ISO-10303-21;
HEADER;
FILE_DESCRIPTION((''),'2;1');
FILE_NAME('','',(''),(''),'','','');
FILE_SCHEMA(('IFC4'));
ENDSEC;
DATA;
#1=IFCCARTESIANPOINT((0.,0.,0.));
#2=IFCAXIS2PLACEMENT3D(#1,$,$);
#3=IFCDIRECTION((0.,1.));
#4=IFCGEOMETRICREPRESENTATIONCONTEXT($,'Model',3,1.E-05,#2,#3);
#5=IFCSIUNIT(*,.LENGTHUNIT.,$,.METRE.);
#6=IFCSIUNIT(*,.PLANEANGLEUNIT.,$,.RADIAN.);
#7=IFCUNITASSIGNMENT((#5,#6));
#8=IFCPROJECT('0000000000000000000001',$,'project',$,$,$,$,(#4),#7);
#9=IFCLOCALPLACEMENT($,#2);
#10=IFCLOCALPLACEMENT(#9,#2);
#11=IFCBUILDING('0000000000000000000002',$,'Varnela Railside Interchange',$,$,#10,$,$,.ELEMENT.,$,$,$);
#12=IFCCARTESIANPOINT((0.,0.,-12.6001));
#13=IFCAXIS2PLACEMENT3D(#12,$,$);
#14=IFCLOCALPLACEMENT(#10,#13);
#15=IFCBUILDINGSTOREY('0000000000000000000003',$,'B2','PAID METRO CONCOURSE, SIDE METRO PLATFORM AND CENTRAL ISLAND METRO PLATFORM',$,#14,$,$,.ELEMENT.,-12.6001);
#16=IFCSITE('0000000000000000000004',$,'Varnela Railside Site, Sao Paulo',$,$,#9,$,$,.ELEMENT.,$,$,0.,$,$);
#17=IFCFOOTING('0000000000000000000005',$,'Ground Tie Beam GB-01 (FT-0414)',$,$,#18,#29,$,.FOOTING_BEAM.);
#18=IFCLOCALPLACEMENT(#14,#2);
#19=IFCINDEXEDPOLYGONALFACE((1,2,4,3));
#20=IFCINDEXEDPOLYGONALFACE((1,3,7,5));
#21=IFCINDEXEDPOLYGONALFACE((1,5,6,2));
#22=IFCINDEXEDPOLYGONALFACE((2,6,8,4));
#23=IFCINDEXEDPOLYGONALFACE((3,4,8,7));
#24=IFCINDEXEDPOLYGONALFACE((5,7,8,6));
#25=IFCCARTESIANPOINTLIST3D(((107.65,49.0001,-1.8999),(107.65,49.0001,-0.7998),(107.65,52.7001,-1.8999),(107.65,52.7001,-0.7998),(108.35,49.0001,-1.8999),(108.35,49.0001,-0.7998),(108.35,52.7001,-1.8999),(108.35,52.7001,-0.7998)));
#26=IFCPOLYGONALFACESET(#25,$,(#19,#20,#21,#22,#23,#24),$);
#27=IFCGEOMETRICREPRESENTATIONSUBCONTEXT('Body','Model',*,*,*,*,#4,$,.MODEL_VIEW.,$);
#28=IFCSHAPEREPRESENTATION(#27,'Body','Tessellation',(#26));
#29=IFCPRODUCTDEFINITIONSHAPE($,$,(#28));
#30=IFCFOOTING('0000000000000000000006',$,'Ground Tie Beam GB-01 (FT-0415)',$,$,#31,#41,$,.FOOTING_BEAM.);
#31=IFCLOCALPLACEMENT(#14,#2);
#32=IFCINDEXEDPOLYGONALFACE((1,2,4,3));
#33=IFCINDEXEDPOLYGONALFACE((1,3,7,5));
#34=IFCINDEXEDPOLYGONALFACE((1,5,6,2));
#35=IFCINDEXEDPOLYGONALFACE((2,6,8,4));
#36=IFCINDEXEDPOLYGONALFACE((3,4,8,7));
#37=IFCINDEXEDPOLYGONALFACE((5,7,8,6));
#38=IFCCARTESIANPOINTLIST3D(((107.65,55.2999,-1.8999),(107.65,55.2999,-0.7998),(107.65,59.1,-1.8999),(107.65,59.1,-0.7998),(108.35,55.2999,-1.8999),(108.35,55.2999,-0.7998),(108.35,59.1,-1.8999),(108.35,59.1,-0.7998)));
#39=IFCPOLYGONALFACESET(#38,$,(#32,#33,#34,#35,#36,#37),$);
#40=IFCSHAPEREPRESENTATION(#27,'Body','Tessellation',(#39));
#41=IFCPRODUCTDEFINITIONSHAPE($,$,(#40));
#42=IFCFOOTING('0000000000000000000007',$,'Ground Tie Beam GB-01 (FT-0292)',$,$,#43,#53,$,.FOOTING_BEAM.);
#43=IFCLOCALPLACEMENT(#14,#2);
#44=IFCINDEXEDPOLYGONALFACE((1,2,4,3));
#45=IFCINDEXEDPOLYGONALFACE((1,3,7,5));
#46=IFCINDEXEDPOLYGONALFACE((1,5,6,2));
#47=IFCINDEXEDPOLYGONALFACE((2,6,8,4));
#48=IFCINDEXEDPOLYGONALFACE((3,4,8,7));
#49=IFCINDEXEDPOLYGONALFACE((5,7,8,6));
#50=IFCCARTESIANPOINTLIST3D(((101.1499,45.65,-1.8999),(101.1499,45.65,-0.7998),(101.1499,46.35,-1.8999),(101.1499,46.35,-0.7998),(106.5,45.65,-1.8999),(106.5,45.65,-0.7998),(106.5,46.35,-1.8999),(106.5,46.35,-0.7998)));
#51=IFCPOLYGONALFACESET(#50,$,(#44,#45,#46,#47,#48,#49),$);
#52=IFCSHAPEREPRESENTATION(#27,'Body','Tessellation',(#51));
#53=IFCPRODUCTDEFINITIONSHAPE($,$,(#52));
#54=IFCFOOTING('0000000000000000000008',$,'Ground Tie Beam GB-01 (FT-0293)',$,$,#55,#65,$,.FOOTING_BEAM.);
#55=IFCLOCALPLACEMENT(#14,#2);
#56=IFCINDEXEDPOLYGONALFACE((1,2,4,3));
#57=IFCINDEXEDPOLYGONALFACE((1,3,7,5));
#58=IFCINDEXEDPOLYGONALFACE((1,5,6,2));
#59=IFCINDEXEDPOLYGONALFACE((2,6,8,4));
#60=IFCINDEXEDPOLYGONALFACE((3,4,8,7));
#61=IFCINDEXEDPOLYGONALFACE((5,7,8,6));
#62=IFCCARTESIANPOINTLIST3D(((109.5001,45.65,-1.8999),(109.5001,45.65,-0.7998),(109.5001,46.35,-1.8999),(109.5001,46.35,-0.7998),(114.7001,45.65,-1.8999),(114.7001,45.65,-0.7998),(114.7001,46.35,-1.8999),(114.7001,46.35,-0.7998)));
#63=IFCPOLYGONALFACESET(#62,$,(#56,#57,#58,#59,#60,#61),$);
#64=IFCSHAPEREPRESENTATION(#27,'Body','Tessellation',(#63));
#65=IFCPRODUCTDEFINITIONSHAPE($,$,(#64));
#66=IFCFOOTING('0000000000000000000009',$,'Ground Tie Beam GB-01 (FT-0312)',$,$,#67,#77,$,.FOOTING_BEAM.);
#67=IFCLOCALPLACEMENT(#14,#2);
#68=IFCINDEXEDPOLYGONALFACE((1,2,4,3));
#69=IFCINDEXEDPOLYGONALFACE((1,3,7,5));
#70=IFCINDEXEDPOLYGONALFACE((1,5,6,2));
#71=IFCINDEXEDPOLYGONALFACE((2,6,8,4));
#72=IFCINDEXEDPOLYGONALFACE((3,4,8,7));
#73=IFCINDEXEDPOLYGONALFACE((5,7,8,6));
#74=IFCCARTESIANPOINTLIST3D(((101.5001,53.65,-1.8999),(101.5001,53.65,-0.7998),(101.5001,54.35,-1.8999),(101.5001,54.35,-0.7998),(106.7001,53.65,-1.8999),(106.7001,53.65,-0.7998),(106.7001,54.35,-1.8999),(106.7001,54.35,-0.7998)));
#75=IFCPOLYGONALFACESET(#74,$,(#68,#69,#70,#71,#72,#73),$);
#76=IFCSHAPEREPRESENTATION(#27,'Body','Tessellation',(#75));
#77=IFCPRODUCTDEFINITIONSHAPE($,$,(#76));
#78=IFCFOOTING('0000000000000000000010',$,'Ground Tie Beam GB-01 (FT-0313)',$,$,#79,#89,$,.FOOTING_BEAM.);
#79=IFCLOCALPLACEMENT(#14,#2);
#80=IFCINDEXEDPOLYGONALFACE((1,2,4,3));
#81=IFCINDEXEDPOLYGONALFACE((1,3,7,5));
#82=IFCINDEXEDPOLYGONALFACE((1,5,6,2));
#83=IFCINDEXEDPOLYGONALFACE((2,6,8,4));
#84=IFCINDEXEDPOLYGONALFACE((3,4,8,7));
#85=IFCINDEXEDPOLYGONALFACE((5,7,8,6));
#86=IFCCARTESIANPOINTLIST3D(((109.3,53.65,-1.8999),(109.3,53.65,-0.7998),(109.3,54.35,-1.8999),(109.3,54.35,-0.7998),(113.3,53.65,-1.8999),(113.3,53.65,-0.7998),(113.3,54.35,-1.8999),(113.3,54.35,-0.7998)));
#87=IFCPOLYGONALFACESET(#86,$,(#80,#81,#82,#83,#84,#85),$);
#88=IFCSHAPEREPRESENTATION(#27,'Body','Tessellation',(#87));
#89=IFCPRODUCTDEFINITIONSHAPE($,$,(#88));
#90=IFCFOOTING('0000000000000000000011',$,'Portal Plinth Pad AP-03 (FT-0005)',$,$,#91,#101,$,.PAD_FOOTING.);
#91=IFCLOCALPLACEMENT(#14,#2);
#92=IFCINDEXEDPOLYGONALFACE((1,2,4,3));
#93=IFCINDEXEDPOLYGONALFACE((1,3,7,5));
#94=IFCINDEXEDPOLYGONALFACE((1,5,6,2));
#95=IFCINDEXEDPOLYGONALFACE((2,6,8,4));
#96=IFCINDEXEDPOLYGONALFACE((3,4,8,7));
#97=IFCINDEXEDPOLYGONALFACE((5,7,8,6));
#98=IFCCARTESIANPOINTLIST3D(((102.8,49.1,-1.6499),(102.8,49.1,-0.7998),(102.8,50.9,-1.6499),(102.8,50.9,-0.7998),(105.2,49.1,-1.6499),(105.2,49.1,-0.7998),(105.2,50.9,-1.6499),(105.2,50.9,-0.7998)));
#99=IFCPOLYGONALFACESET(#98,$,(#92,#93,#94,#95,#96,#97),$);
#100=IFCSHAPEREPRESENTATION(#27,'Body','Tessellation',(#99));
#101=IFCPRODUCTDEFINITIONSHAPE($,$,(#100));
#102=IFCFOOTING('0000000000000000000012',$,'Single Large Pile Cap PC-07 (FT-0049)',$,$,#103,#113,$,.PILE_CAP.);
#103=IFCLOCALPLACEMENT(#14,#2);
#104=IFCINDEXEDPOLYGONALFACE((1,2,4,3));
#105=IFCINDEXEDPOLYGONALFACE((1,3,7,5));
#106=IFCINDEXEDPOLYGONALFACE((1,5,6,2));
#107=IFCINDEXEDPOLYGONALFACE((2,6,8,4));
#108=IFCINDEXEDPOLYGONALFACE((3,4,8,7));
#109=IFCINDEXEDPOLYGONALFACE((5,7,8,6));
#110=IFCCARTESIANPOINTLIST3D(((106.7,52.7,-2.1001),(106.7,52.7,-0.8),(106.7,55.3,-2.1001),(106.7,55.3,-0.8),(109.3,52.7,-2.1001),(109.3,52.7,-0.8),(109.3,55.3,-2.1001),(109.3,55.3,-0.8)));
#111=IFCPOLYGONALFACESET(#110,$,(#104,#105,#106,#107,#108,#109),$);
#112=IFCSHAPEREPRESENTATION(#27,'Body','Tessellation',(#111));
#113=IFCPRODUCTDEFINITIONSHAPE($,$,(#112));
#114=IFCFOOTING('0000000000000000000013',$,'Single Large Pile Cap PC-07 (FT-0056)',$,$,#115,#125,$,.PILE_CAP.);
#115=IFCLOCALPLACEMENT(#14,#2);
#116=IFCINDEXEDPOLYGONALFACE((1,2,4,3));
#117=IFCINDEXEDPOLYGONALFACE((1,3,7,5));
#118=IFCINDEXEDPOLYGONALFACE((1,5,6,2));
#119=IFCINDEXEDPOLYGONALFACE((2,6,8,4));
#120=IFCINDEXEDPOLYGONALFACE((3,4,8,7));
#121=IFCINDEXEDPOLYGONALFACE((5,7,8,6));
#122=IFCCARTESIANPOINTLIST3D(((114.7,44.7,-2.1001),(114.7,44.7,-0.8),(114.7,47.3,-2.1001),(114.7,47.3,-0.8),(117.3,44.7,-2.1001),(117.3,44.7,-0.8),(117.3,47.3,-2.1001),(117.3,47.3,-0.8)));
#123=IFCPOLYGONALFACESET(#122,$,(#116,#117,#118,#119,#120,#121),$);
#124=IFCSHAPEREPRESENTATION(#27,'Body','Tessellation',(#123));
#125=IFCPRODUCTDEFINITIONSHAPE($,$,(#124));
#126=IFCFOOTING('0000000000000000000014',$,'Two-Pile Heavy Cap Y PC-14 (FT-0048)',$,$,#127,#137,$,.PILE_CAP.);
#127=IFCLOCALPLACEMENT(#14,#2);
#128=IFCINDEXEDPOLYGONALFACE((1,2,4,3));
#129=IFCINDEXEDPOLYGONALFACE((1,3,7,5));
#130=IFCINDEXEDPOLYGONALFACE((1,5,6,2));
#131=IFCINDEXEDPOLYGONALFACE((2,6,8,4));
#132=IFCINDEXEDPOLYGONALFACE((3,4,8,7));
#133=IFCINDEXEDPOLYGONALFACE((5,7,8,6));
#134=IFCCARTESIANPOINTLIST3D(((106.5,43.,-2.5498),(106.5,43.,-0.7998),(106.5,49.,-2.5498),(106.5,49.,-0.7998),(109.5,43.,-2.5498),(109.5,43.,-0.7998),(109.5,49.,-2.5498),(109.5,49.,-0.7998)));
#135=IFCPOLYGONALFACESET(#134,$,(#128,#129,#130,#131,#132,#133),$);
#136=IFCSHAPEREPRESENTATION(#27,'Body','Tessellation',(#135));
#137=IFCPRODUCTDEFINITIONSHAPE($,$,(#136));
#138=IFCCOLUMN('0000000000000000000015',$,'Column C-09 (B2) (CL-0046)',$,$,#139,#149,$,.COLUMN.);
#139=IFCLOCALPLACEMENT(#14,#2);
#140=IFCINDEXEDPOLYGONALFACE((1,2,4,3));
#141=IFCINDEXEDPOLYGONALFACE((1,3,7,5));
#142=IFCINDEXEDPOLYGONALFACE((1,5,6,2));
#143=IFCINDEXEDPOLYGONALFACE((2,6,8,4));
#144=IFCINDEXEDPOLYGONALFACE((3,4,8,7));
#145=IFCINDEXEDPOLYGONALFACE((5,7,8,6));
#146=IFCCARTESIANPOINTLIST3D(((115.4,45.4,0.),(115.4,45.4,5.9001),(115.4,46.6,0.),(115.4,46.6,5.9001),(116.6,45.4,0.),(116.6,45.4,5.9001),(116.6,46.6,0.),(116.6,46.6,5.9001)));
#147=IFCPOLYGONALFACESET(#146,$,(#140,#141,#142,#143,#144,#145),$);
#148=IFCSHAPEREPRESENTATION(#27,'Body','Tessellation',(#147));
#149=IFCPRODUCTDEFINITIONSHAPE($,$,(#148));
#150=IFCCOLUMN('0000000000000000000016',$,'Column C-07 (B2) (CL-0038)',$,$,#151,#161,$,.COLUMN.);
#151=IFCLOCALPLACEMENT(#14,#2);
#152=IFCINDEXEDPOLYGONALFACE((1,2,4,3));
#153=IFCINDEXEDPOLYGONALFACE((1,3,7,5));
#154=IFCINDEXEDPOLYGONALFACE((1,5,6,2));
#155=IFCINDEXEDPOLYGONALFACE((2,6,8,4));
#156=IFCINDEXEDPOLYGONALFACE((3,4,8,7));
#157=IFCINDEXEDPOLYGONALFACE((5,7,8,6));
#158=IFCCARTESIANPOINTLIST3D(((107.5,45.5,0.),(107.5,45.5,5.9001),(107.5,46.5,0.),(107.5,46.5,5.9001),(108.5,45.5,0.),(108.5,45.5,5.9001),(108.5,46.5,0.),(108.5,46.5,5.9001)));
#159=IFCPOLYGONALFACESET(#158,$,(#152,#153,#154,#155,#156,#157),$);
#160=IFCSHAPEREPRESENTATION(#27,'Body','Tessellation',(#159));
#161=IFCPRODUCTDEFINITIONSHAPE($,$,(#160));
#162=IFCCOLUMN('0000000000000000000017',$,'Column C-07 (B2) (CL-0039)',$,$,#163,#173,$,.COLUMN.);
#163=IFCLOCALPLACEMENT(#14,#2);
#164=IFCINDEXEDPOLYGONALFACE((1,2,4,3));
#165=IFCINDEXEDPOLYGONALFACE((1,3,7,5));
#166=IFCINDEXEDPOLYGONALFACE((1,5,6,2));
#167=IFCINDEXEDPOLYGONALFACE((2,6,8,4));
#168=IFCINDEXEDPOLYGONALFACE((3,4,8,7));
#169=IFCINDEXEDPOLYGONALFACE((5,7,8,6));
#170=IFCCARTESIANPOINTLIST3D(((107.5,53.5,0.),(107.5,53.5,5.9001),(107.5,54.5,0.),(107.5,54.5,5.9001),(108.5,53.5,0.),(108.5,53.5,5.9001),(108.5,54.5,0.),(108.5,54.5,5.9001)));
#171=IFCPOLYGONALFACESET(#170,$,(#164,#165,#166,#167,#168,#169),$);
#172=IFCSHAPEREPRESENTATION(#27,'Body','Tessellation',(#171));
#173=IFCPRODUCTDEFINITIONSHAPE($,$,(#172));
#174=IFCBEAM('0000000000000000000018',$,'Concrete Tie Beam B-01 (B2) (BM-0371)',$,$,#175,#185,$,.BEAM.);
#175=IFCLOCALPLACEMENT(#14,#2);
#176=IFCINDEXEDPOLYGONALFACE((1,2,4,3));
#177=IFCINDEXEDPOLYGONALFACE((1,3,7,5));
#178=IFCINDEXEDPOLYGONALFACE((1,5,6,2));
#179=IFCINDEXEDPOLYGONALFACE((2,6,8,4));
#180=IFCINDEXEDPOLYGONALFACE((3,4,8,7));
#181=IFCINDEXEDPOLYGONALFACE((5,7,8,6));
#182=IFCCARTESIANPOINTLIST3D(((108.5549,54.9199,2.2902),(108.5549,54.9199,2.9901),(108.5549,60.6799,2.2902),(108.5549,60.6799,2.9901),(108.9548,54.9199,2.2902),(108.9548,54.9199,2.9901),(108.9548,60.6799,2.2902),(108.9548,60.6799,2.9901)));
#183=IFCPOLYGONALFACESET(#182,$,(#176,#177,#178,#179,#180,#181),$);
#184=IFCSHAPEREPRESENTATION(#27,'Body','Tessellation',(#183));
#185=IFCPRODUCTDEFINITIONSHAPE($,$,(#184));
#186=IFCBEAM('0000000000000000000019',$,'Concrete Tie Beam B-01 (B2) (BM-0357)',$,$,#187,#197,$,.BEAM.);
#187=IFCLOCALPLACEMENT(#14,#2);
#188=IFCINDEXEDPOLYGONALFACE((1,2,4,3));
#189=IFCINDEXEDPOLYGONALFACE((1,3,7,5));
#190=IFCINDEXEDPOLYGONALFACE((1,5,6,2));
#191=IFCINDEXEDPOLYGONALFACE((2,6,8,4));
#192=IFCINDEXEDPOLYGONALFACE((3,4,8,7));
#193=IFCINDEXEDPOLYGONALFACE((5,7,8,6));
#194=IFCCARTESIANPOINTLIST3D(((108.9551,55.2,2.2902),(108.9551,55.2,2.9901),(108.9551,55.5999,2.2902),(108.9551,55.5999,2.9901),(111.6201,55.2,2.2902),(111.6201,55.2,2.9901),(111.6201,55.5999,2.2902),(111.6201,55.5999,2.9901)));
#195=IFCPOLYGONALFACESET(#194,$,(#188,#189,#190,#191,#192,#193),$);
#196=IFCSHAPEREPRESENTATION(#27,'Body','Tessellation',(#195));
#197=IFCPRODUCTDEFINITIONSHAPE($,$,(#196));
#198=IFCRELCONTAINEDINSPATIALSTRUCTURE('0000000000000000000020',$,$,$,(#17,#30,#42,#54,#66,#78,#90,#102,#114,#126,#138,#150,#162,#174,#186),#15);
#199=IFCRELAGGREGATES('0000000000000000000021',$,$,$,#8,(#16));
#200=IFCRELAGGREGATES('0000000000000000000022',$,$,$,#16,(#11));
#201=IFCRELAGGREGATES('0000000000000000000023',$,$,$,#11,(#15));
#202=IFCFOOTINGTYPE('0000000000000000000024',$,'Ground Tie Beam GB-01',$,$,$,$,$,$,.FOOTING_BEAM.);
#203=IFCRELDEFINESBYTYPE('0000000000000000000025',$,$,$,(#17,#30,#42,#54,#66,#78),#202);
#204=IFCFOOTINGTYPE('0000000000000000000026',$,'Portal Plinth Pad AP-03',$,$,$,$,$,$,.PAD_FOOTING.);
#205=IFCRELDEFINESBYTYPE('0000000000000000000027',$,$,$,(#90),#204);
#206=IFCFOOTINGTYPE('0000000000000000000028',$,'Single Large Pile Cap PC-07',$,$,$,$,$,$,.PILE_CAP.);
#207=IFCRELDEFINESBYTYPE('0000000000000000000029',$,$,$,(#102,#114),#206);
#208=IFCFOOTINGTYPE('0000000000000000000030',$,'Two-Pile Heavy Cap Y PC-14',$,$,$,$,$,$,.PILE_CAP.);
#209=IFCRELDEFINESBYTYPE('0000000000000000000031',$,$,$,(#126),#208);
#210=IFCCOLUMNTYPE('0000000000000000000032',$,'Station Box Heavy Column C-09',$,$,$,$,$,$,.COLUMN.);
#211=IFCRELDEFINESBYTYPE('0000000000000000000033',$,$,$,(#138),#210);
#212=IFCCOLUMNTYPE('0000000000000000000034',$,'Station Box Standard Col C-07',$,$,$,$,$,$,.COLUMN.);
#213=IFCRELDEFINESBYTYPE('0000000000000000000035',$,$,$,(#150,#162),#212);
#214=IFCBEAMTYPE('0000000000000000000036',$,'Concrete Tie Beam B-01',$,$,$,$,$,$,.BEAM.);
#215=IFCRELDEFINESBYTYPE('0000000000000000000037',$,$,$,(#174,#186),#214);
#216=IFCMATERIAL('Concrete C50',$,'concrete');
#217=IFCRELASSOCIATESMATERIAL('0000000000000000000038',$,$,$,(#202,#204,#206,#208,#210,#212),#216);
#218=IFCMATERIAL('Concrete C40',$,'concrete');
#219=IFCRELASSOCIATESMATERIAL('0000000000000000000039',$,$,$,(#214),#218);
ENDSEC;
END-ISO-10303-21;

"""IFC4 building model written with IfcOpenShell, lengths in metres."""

from ifc_helpers import new_model, si_unit, direction, frame, origin, origin_2d, place, context, subcontext, project, spatial, rectangle, extrude, material, material_profile, profile_set, type_object, element, save


model = new_model("IFC4")

# Units and contexts
model_context = context("Model", 3, precision=1e-05, world=origin(), true_north=direction((0.0, 1.0)))
body_context = subcontext(model_context, "Body", "Model", "MODEL_VIEW")
ifc_project = project(units=[si_unit("LENGTHUNIT", "METRE"), si_unit("PLANEANGLEUNIT", "RADIAN")], contexts=[model_context])

# Site, building, storey
site_placement = place(None, origin())
site = spatial("IfcSite", under=ifc_project, at=site_placement, Name="Varnela Railside Site, Sao Paulo", CompositionType="ELEMENT", RefElevation=0.0)
building_placement = place(site_placement, origin())
building = spatial("IfcBuilding", under=site, at=building_placement, Name="Varnela Railside Interchange", CompositionType="ELEMENT")
storey_placement = place(building_placement, frame((0.0, 0.0, -12.6001)))
storey = spatial("IfcBuildingStorey", under=building, at=storey_placement, Name="B2", Description="PAID METRO CONCOURSE, SIDE METRO PLATFORM AND CENTRAL ISLAND METRO PLATFORM", CompositionType="ELEMENT", Elevation=-12.6001)

# Shared definitions
ifc_material_1 = material(Name="Concrete C40", Category="concrete")

# Footings
ifc_material_2 = material(Name="Concrete C50", Category="concrete")
footing_type_1 = type_object("IfcFootingType", Name="Ground Tie Beam GB-01", PredefinedType="FOOTING_BEAM", material=ifc_material_2)
footing_1_placement = place(storey_placement, frame((108.0, 50.8501, -1.8999), z_axis=(0.0, 0.0, 1.0), x_axis=(1.0, 0.0, 0.0)))
element("IfcFooting", 1, at=footing_1_placement, inside=storey, type_object=footing_type_1, Name="Ground Tie Beam GB-01 (FT-0414)", PredefinedType="FOOTING_BEAM", context=body_context, shape_type="SweptSolid", body=[
    extrude(rectangle(XDim=0.7, YDim=3.7, at=origin_2d()), origin(), (0.0, 0.0, 1.0), 1.1001),
])
footing_2_placement = place(storey_placement, frame((108.0, 57.2, -1.8999), z_axis=(0.0, 0.0, 1.0), x_axis=(1.0, 0.0, 0.0)))
element("IfcFooting", 2, at=footing_2_placement, inside=storey, type_object=footing_type_1, Name="Ground Tie Beam GB-01 (FT-0415)", PredefinedType="FOOTING_BEAM", context=body_context, shape_type="SweptSolid", body=[
    extrude(rectangle(XDim=0.7, YDim=3.8, at=origin_2d()), origin(), (0.0, 0.0, 1.0), 1.1001),
])
footing_3_placement = place(storey_placement, frame((103.825, 46.0, -1.8999), z_axis=(0.0, 0.0, 1.0), x_axis=(1.0, 0.0, 0.0)))
element("IfcFooting", 3, at=footing_3_placement, inside=storey, type_object=footing_type_1, Name="Ground Tie Beam GB-01 (FT-0292)", PredefinedType="FOOTING_BEAM", context=body_context, shape_type="SweptSolid", body=[
    extrude(rectangle(XDim=5.3501, YDim=0.7, at=origin_2d()), origin(), (0.0, 0.0, 1.0), 1.1001),
])
for number, where, z_axis, x_axis, name in (
    (4, (112.1001, 46.0, -1.8999), (0.0, 0.0, 1.0), (1.0, 0.0, 0.0), "Ground Tie Beam GB-01 (FT-0293)"),
    (5, (104.1001, 54.0, -1.8999), (0.0, 0.0, 1.0), (1.0, 0.0, 0.0), "Ground Tie Beam GB-01 (FT-0312)"),
):
    element("IfcFooting", number, at=place(storey_placement, frame(where, z_axis=z_axis, x_axis=x_axis)), inside=storey, type_object=footing_type_1, Name=name, PredefinedType="FOOTING_BEAM", context=body_context, shape_type="SweptSolid", body=[
        extrude(rectangle(XDim=5.2, YDim=0.7, at=origin_2d()), origin(), (0.0, 0.0, 1.0), 1.1001),
    ])
footing_4_placement = place(storey_placement, frame((111.3, 54.0, -1.8999), z_axis=(0.0, 0.0, 1.0), x_axis=(1.0, 0.0, 0.0)))
element("IfcFooting", 6, at=footing_4_placement, inside=storey, type_object=footing_type_1, Name="Ground Tie Beam GB-01 (FT-0313)", PredefinedType="FOOTING_BEAM", context=body_context, shape_type="SweptSolid", body=[
    extrude(rectangle(XDim=4.0, YDim=0.7, at=origin_2d()), origin(), (0.0, 0.0, 1.0), 1.1001),
])
footing_type_2 = type_object("IfcFootingType", Name="Portal Plinth Pad AP-03", PredefinedType="PAD_FOOTING", material=ifc_material_2)
footing_5_placement = place(storey_placement, frame((104.0, 50.0, -1.6499), z_axis=(0.0, 0.0, 1.0), x_axis=(1.0, 0.0, 0.0)))
element("IfcFooting", 7, at=footing_5_placement, inside=storey, type_object=footing_type_2, Name="Portal Plinth Pad AP-03 (FT-0005)", PredefinedType="PAD_FOOTING", context=body_context, shape_type="SweptSolid", body=[
    extrude(rectangle(XDim=2.3999, YDim=1.8, at=origin_2d()), origin(), (0.0, 0.0, 1.0), 0.8501),
])
footing_type_3 = type_object("IfcFootingType", Name="Single Large Pile Cap PC-07", PredefinedType="PILE_CAP", material=ifc_material_2)
for number, where, z_axis, x_axis, name in (
    (8, (108.0, 54.0, -2.1001), (0.0, 0.0, 1.0), (1.0, 0.0, 0.0), "Single Large Pile Cap PC-07 (FT-0049)"),
    (9, (116.0, 46.0, -2.1001), (0.0, 0.0, 1.0), (1.0, 0.0, 0.0), "Single Large Pile Cap PC-07 (FT-0056)"),
):
    element("IfcFooting", number, at=place(storey_placement, frame(where, z_axis=z_axis, x_axis=x_axis)), inside=storey, type_object=footing_type_3, Name=name, PredefinedType="PILE_CAP", context=body_context, shape_type="SweptSolid", body=[
        extrude(rectangle(XDim=2.6001, YDim=2.6001, at=origin_2d()), origin(), (0.0, 0.0, 1.0), 1.3),
    ])
footing_type_4 = type_object("IfcFootingType", Name="Two-Pile Heavy Cap Y PC-14", PredefinedType="PILE_CAP", material=ifc_material_2)
footing_6_placement = place(storey_placement, frame((108.0, 46.0, -2.5498), z_axis=(0.0, 0.0, 1.0), x_axis=(1.0, 0.0, 0.0)))
element("IfcFooting", 10, at=footing_6_placement, inside=storey, type_object=footing_type_4, Name="Two-Pile Heavy Cap Y PC-14 (FT-0048)", PredefinedType="PILE_CAP", context=body_context, shape_type="SweptSolid", body=[
    extrude(rectangle(XDim=3.0, YDim=6.0, at=origin_2d()), origin(), (0.0, 0.0, 1.0), 1.75),
])

# Columns
ifc_material_profile_1 = material_profile(ifc_material_2, rectangle(XDim=1.2, YDim=1.2, at=origin_2d()), Name="RC 1200x1200")
ifc_profile_set_1 = profile_set([ifc_material_profile_1], Name="Concrete C50")
column_type_1 = type_object("IfcColumnType", Name="Station Box Heavy Column C-09", PredefinedType="COLUMN", material=ifc_profile_set_1)
column_placement = place(storey_placement, frame((116.0, 46.0, 0.0), z_axis=(0.0, 0.0, 1.0), x_axis=(1.0, 0.0, 0.0)))
element("IfcColumn", 11, at=column_placement, inside=storey, type_object=column_type_1, Name="Column C-09 (B2) (CL-0046)", PredefinedType="COLUMN", context=body_context, shape_type="SweptSolid", body=[
    extrude(rectangle(XDim=1.2, YDim=1.2, at=origin_2d()), origin(), (0.0, 0.0, 1.0), 5.9001),
])
ifc_material_profile_2 = material_profile(ifc_material_2, rectangle(XDim=1.0, YDim=1.0, at=origin_2d()), Name="RC 1000x1000")
ifc_profile_set_2 = profile_set([ifc_material_profile_2], Name="Concrete C50")
column_type_2 = type_object("IfcColumnType", Name="Station Box Standard Col C-07", PredefinedType="COLUMN", material=ifc_profile_set_2)
for number, where, z_axis, x_axis, name in (
    (12, (108.0, 46.0, 0.0), (0.0, 0.0, 1.0), (1.0, 0.0, 0.0), "Column C-07 (B2) (CL-0038)"),
    (13, (108.0, 54.0, 0.0), (0.0, 0.0, 1.0), (1.0, 0.0, 0.0), "Column C-07 (B2) (CL-0039)"),
):
    element("IfcColumn", number, at=place(storey_placement, frame(where, z_axis=z_axis, x_axis=x_axis)), inside=storey, type_object=column_type_2, Name=name, PredefinedType="COLUMN", context=body_context, shape_type="SweptSolid", body=[
        extrude(rectangle(XDim=1.0, YDim=1.0, at=origin_2d()), origin(), (0.0, 0.0, 1.0), 5.9001),
    ])

# Beams
ifc_material_profile_3 = material_profile(ifc_material_1, rectangle(XDim=0.3999, YDim=0.7, at=origin_2d()), Name="RC 400x700")
ifc_profile_set_3 = profile_set([ifc_material_profile_3], Name="Concrete C40")
beam_type_1 = type_object("IfcBeamType", Name="Concrete Tie Beam B-01", PredefinedType="BEAM", material=ifc_profile_set_3)
beam_1_placement = place(storey_placement, frame((108.7549, 54.9199, 2.6401), z_axis=(0.0, 1.0, 0.0), x_axis=(-1.0, 0.0, 0.0)))
element("IfcBeam", 14, at=beam_1_placement, inside=storey, type_object=beam_type_1, Name="Concrete Tie Beam B-01 (B2) (BM-0371)", PredefinedType="BEAM", context=body_context, shape_type="SweptSolid", body=[
    extrude(rectangle(XDim=0.3999, YDim=0.7, at=origin_2d()), origin(), (0.0, 0.0, 1.0), 5.76),
])
beam_2_placement = place(storey_placement, frame((108.9551, 55.3999, 2.6401), z_axis=(1.0, 0.0, 0.0), x_axis=(0.0, 1.0, 0.0)))
element("IfcBeam", 15, at=beam_2_placement, inside=storey, type_object=beam_type_1, Name="Concrete Tie Beam B-01 (B2) (BM-0357)", PredefinedType="BEAM", context=body_context, shape_type="SweptSolid", body=[
    extrude(rectangle(XDim=0.3999, YDim=0.7, at=origin_2d()), origin(), (0.0, 0.0, 1.0), 2.665),
])

save(model, "model.ifc")
